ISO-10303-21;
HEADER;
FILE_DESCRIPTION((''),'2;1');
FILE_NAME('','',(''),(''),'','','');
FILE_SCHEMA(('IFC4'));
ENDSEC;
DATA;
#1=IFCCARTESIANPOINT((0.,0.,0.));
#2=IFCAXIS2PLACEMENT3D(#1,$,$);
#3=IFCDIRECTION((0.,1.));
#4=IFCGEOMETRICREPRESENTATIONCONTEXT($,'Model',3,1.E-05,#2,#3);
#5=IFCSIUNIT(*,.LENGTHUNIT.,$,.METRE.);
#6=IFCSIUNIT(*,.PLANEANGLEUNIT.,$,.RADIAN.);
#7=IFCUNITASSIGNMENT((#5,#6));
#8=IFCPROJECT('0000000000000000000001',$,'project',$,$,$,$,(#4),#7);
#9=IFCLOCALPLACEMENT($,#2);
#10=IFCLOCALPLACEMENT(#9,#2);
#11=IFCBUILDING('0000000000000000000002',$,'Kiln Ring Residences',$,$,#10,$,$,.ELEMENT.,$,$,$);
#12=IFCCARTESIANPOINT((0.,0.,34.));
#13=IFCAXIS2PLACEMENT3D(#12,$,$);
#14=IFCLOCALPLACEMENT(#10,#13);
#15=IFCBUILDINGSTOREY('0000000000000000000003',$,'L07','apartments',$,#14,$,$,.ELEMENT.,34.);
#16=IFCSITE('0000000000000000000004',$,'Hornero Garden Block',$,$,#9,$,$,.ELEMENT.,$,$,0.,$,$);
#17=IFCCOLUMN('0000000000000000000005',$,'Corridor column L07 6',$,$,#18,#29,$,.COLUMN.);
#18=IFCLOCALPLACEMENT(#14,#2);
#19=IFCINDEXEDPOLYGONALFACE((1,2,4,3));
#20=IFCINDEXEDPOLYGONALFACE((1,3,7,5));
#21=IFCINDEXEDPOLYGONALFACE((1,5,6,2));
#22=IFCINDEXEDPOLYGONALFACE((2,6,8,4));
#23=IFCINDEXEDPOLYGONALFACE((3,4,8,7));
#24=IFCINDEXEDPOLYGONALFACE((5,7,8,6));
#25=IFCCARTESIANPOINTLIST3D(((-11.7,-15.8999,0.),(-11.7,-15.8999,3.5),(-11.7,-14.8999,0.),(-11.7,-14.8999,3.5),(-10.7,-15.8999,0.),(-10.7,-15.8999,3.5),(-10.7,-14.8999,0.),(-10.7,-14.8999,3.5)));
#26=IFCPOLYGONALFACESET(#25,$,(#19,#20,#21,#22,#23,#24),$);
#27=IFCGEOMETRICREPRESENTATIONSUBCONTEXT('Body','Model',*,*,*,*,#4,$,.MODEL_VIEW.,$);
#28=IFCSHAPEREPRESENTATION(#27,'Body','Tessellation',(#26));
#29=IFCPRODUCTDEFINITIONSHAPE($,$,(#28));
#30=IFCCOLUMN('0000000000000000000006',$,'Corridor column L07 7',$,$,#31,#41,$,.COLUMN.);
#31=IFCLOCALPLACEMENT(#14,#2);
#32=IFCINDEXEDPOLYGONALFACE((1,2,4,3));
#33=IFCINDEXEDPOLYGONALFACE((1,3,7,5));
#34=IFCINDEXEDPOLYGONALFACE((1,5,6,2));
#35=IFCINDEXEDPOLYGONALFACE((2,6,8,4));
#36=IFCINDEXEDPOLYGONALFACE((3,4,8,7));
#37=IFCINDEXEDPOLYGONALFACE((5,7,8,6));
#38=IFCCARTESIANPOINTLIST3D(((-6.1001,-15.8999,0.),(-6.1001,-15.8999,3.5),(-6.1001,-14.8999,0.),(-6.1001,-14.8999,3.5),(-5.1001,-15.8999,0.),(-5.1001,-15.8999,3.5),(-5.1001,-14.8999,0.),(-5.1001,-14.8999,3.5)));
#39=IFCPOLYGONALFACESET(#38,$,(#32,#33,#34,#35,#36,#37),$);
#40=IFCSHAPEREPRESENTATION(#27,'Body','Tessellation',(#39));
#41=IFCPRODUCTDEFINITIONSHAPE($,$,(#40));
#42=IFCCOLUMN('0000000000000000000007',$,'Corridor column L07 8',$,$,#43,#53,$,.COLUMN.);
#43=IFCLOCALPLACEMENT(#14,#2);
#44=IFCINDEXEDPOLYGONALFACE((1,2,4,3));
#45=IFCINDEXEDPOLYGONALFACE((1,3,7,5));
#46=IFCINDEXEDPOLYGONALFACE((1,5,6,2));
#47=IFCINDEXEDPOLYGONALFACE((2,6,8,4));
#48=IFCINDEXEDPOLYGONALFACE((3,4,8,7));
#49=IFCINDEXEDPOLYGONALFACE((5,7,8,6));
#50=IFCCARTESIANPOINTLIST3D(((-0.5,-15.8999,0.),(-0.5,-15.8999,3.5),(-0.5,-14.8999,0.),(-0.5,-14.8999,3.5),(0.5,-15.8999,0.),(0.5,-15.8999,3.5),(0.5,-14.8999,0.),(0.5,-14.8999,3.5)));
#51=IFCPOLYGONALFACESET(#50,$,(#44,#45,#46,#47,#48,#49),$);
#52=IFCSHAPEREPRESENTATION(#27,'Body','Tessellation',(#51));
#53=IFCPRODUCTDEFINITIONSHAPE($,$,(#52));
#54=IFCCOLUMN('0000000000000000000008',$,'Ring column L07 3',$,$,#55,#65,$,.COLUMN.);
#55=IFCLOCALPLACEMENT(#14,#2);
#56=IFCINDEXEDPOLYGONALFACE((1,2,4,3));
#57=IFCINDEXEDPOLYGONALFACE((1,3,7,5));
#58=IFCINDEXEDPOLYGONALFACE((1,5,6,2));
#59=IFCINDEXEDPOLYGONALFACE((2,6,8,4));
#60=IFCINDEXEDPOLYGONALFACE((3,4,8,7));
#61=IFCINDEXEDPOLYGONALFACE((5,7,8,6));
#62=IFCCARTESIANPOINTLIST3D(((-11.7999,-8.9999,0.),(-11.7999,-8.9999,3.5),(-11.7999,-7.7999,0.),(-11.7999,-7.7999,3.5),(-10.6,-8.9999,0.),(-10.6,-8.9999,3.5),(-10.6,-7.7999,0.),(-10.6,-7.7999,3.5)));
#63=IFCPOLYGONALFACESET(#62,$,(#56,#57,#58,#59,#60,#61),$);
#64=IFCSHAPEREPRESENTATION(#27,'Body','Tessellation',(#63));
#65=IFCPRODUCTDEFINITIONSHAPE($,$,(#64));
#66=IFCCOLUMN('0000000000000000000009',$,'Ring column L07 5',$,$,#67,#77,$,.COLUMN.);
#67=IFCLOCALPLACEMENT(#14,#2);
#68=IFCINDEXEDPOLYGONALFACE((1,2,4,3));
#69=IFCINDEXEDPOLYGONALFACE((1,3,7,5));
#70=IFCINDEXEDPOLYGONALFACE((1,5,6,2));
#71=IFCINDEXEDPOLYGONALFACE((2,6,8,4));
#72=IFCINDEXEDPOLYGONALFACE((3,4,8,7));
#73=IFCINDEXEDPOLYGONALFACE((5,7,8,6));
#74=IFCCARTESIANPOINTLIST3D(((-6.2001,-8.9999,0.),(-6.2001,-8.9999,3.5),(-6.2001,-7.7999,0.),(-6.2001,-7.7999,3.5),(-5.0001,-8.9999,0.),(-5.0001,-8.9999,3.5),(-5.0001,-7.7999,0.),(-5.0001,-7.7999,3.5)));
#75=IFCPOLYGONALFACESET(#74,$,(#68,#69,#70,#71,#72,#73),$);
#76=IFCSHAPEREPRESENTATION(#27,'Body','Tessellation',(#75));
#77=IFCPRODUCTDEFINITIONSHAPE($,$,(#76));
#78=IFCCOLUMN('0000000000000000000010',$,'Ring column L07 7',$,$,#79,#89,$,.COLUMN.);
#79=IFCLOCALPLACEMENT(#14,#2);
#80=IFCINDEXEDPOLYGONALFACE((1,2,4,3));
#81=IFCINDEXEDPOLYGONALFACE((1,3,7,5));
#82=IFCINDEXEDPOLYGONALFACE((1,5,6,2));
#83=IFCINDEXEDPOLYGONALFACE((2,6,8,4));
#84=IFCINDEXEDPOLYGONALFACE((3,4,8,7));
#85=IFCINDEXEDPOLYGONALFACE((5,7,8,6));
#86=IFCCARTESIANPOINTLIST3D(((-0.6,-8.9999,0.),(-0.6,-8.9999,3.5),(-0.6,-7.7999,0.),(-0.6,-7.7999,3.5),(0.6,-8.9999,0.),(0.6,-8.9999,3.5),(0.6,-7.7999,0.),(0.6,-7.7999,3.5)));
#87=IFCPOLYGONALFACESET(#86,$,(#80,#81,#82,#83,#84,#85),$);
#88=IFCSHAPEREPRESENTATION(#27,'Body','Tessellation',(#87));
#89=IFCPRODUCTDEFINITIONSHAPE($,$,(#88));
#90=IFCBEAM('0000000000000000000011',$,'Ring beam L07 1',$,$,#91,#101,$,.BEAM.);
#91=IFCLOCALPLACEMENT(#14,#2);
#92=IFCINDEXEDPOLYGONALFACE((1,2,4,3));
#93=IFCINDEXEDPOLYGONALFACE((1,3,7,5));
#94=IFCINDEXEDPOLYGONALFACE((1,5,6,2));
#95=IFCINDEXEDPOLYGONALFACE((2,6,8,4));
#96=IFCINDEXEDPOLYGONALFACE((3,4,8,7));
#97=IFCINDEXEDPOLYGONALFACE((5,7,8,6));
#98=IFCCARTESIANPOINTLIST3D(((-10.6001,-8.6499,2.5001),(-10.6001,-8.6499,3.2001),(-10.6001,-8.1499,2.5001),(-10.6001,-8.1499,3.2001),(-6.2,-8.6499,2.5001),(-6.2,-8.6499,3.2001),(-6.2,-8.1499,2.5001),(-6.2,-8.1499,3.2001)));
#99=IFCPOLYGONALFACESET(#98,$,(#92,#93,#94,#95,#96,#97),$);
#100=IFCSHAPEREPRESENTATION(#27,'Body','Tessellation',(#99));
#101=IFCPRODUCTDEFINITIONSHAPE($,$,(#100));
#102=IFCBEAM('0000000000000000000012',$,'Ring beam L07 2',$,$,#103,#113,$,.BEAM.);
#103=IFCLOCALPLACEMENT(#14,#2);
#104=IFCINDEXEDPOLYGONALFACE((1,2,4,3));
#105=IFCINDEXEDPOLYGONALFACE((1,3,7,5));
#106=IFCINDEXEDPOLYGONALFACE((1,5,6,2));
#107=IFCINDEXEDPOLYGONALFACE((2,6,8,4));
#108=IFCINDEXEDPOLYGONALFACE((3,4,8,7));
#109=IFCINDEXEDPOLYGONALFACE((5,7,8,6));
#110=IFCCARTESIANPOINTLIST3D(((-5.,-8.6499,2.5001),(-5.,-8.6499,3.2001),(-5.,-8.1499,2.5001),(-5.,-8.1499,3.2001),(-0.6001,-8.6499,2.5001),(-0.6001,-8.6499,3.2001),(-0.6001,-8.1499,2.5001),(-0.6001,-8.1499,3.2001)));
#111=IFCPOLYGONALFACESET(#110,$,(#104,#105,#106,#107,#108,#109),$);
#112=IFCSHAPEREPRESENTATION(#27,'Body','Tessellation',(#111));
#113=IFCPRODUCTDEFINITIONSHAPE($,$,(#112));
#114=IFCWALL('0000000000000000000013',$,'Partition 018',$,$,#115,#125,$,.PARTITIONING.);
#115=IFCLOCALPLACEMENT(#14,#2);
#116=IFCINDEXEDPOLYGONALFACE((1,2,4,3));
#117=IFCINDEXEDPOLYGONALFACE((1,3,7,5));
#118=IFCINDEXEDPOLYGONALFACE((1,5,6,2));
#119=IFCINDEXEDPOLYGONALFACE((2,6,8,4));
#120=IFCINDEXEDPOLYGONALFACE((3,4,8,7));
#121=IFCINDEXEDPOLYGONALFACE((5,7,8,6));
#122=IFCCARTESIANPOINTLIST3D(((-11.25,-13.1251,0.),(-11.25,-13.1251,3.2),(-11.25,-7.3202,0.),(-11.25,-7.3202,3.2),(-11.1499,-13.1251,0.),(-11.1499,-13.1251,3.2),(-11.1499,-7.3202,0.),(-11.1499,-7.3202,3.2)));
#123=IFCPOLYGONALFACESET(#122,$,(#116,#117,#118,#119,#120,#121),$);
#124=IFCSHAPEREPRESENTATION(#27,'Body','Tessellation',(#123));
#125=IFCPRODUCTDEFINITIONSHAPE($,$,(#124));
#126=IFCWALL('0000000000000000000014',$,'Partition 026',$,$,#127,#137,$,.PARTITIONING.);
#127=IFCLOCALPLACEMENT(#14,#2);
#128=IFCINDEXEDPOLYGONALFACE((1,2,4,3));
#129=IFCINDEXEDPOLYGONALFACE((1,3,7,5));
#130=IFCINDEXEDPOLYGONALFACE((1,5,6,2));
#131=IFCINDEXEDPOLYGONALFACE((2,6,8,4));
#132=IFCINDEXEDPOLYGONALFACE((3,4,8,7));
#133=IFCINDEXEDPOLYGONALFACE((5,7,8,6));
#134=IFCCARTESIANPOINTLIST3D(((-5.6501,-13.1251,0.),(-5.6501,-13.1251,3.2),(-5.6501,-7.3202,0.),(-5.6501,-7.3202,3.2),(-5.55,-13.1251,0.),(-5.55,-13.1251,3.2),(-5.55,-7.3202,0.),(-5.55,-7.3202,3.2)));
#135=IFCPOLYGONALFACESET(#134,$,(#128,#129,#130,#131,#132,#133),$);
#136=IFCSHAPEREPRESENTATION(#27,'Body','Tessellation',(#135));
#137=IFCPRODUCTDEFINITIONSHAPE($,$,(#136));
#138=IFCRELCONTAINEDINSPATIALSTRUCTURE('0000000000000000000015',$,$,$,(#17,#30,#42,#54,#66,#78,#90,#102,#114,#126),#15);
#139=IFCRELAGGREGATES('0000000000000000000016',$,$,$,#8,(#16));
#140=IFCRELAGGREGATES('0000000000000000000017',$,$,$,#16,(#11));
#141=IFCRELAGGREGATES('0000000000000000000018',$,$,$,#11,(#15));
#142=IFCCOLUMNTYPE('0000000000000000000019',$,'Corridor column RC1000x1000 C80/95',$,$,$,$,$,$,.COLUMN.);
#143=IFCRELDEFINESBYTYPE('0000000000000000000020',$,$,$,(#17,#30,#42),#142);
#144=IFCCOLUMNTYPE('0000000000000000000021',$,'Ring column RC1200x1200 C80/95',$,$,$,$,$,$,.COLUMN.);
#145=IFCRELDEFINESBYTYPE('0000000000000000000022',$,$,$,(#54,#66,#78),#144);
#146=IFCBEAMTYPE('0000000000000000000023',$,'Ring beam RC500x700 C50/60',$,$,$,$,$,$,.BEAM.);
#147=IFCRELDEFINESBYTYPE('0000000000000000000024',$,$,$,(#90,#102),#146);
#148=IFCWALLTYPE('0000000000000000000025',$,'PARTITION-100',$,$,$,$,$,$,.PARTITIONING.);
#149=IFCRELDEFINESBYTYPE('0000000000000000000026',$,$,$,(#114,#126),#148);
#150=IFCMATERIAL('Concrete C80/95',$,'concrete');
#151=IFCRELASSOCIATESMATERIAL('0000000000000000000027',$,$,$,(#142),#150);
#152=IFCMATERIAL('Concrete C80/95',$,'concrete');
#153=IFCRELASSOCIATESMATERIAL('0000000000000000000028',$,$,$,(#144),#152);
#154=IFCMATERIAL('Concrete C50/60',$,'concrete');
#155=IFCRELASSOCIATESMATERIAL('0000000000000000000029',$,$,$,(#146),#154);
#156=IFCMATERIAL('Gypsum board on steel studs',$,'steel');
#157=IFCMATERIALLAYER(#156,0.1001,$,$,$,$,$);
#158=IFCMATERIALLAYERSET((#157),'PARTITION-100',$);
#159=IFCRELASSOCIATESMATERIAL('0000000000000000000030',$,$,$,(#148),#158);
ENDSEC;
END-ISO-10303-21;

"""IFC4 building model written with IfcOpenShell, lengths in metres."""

from ifc_helpers import new_model, si_unit, direction, frame, frame_2d, origin, origin_2d, place, context, subcontext, project, spatial, rectangle, extrude, material, layer, layer_set, material_profile, profile_set, type_object, element, save


model = new_model("IFC4")

# Units and contexts
model_context = context("Model", 3, precision=1e-05, world=origin(), true_north=direction((0.0, 1.0)))
body_context = subcontext(model_context, "Body", "Model", "MODEL_VIEW")
ifc_project = project(units=[si_unit("LENGTHUNIT", "METRE"), si_unit("PLANEANGLEUNIT", "RADIAN")], contexts=[model_context])

# Site, building, storey
site_placement = place(None, origin())
site = spatial("IfcSite", under=ifc_project, at=site_placement, Name="Hornero Garden Block", CompositionType="ELEMENT", RefElevation=0.0)
building_placement = place(site_placement, origin())
building = spatial("IfcBuilding", under=site, at=building_placement, Name="Kiln Ring Residences", CompositionType="ELEMENT")
storey_placement = place(building_placement, frame((0.0, 0.0, 34.0)))
storey = spatial("IfcBuildingStorey", under=building, at=storey_placement, Name="L07", Description="apartments", CompositionType="ELEMENT", Elevation=34.0)

# Columns
ifc_material_1 = material(Name="Concrete C80/95", Category="concrete")
ifc_material_profile_1 = material_profile(ifc_material_1, rectangle(XDim=1.0, YDim=1.0, at=origin_2d()), Name="RC1000x1000")
ifc_profile_set_1 = profile_set([ifc_material_profile_1], Name="Concrete C80/95")
column_type_1 = type_object("IfcColumnType", Name="Corridor column RC1000x1000 C80/95", PredefinedType="COLUMN", material=ifc_profile_set_1)
for number, where, z_axis, x_axis, name in (
    (1, (-11.2, -15.3999, 0.0), (0.0, 0.0, 1.0), (1.0, 0.0, 0.0), "Corridor column L07 6"),
    (2, (-5.6001, -15.3999, 0.0), (0.0, 0.0, 1.0), (1.0, 0.0, 0.0), "Corridor column L07 7"),
    (3, (0.0, -15.3999, 0.0), (0.0, 0.0, 1.0), (1.0, 0.0, 0.0), "Corridor column L07 8"),
):
    element("IfcColumn", number, at=place(storey_placement, frame(where, z_axis=z_axis, x_axis=x_axis)), inside=storey, type_object=column_type_1, Name=name, PredefinedType="COLUMN", context=body_context, shape_type="SweptSolid", body=[
        extrude(rectangle(XDim=1.0, YDim=1.0, at=origin_2d()), origin(), (0.0, 0.0, 1.0), 3.5),
    ])
ifc_material_2 = material(Name="Concrete C80/95", Category="concrete")
ifc_material_profile_2 = material_profile(ifc_material_2, rectangle(XDim=1.2, YDim=1.2, at=origin_2d()), Name="RC1200x1200")
ifc_profile_set_2 = profile_set([ifc_material_profile_2], Name="Concrete C80/95")
column_type_2 = type_object("IfcColumnType", Name="Ring column RC1200x1200 C80/95", PredefinedType="COLUMN", material=ifc_profile_set_2)
for number, where, z_axis, x_axis, name in (
    (4, (-11.2, -8.3999, 0.0), (0.0, 0.0, 1.0), (1.0, 0.0, 0.0), "Ring column L07 3"),
    (5, (-5.6001, -8.3999, 0.0), (0.0, 0.0, 1.0), (1.0, 0.0, 0.0), "Ring column L07 5"),
    (6, (0.0, -8.3999, 0.0), (0.0, 0.0, 1.0), (1.0, 0.0, 0.0), "Ring column L07 7"),
):
    element("IfcColumn", number, at=place(storey_placement, frame(where, z_axis=z_axis, x_axis=x_axis)), inside=storey, type_object=column_type_2, Name=name, PredefinedType="COLUMN", context=body_context, shape_type="SweptSolid", body=[
        extrude(rectangle(XDim=1.2, YDim=1.2, at=origin_2d()), origin(), (0.0, 0.0, 1.0), 3.5),
    ])

# Beams
ifc_material_3 = material(Name="Concrete C50/60", Category="concrete")
ifc_material_profile_3 = material_profile(ifc_material_3, rectangle(XDim=0.5, YDim=0.7, at=origin_2d()), Name="RC500x700")
ifc_profile_set_3 = profile_set([ifc_material_profile_3], Name="Concrete C50/60")
beam_type = type_object("IfcBeamType", Name="Ring beam RC500x700 C50/60", PredefinedType="BEAM", material=ifc_profile_set_3)
beam_1_placement = place(storey_placement, frame((-10.6001, -8.3999, 2.8501), z_axis=(1.0, 0.0, 0.0), x_axis=(0.0, 1.0, 0.0)))
element("IfcBeam", 7, at=beam_1_placement, inside=storey, type_object=beam_type, Name="Ring beam L07 1", PredefinedType="BEAM", context=body_context, shape_type="SweptSolid", body=[
    extrude(rectangle(XDim=0.5, YDim=0.7, at=origin_2d()), origin(), (0.0, 0.0, 1.0), 4.4001),
])
beam_2_placement = place(storey_placement, frame((-5.0, -8.3999, 2.8501), z_axis=(1.0, 0.0, 0.0), x_axis=(0.0, 1.0, 0.0)))
element("IfcBeam", 8, at=beam_2_placement, inside=storey, type_object=beam_type, Name="Ring beam L07 2", PredefinedType="BEAM", context=body_context, shape_type="SweptSolid", body=[
    extrude(rectangle(XDim=0.5, YDim=0.7, at=origin_2d()), origin(), (0.0, 0.0, 1.0), 4.3999),
])

# Walls
ifc_material_4 = material(Name="Gypsum board on steel studs", Category="steel")
ifc_layer = layer(ifc_material_4, 0.1001)
ifc_layer_set = layer_set([ifc_layer], Name="PARTITION-100")
wall_type = type_object("IfcWallType", Name="PARTITION-100", PredefinedType="PARTITIONING", material=ifc_layer_set)
for number, where, z_axis, x_axis, name in (
    (9, (-11.2, -13.125, 0.0), (0.0, 0.0, 1.0), (0.0, 1.0, 0.0), "Partition 018"),
    (10, (-5.6001, -13.125, 0.0), (0.0, 0.0, 1.0), (0.0, 1.0, 0.0), "Partition 026"),
):
    element("IfcWall", number, at=place(storey_placement, frame(where, z_axis=z_axis, x_axis=x_axis)), inside=storey, type_object=wall_type, Name=name, PredefinedType="PARTITIONING", context=body_context, shape_type="SweptSolid", body=[
        extrude(rectangle(XDim=5.8049, YDim=0.1001, at=frame_2d((2.9023, 0.0))), origin(), (0.0, 0.0, 1.0), 3.2),
    ])

save(model, "model.ifc")
